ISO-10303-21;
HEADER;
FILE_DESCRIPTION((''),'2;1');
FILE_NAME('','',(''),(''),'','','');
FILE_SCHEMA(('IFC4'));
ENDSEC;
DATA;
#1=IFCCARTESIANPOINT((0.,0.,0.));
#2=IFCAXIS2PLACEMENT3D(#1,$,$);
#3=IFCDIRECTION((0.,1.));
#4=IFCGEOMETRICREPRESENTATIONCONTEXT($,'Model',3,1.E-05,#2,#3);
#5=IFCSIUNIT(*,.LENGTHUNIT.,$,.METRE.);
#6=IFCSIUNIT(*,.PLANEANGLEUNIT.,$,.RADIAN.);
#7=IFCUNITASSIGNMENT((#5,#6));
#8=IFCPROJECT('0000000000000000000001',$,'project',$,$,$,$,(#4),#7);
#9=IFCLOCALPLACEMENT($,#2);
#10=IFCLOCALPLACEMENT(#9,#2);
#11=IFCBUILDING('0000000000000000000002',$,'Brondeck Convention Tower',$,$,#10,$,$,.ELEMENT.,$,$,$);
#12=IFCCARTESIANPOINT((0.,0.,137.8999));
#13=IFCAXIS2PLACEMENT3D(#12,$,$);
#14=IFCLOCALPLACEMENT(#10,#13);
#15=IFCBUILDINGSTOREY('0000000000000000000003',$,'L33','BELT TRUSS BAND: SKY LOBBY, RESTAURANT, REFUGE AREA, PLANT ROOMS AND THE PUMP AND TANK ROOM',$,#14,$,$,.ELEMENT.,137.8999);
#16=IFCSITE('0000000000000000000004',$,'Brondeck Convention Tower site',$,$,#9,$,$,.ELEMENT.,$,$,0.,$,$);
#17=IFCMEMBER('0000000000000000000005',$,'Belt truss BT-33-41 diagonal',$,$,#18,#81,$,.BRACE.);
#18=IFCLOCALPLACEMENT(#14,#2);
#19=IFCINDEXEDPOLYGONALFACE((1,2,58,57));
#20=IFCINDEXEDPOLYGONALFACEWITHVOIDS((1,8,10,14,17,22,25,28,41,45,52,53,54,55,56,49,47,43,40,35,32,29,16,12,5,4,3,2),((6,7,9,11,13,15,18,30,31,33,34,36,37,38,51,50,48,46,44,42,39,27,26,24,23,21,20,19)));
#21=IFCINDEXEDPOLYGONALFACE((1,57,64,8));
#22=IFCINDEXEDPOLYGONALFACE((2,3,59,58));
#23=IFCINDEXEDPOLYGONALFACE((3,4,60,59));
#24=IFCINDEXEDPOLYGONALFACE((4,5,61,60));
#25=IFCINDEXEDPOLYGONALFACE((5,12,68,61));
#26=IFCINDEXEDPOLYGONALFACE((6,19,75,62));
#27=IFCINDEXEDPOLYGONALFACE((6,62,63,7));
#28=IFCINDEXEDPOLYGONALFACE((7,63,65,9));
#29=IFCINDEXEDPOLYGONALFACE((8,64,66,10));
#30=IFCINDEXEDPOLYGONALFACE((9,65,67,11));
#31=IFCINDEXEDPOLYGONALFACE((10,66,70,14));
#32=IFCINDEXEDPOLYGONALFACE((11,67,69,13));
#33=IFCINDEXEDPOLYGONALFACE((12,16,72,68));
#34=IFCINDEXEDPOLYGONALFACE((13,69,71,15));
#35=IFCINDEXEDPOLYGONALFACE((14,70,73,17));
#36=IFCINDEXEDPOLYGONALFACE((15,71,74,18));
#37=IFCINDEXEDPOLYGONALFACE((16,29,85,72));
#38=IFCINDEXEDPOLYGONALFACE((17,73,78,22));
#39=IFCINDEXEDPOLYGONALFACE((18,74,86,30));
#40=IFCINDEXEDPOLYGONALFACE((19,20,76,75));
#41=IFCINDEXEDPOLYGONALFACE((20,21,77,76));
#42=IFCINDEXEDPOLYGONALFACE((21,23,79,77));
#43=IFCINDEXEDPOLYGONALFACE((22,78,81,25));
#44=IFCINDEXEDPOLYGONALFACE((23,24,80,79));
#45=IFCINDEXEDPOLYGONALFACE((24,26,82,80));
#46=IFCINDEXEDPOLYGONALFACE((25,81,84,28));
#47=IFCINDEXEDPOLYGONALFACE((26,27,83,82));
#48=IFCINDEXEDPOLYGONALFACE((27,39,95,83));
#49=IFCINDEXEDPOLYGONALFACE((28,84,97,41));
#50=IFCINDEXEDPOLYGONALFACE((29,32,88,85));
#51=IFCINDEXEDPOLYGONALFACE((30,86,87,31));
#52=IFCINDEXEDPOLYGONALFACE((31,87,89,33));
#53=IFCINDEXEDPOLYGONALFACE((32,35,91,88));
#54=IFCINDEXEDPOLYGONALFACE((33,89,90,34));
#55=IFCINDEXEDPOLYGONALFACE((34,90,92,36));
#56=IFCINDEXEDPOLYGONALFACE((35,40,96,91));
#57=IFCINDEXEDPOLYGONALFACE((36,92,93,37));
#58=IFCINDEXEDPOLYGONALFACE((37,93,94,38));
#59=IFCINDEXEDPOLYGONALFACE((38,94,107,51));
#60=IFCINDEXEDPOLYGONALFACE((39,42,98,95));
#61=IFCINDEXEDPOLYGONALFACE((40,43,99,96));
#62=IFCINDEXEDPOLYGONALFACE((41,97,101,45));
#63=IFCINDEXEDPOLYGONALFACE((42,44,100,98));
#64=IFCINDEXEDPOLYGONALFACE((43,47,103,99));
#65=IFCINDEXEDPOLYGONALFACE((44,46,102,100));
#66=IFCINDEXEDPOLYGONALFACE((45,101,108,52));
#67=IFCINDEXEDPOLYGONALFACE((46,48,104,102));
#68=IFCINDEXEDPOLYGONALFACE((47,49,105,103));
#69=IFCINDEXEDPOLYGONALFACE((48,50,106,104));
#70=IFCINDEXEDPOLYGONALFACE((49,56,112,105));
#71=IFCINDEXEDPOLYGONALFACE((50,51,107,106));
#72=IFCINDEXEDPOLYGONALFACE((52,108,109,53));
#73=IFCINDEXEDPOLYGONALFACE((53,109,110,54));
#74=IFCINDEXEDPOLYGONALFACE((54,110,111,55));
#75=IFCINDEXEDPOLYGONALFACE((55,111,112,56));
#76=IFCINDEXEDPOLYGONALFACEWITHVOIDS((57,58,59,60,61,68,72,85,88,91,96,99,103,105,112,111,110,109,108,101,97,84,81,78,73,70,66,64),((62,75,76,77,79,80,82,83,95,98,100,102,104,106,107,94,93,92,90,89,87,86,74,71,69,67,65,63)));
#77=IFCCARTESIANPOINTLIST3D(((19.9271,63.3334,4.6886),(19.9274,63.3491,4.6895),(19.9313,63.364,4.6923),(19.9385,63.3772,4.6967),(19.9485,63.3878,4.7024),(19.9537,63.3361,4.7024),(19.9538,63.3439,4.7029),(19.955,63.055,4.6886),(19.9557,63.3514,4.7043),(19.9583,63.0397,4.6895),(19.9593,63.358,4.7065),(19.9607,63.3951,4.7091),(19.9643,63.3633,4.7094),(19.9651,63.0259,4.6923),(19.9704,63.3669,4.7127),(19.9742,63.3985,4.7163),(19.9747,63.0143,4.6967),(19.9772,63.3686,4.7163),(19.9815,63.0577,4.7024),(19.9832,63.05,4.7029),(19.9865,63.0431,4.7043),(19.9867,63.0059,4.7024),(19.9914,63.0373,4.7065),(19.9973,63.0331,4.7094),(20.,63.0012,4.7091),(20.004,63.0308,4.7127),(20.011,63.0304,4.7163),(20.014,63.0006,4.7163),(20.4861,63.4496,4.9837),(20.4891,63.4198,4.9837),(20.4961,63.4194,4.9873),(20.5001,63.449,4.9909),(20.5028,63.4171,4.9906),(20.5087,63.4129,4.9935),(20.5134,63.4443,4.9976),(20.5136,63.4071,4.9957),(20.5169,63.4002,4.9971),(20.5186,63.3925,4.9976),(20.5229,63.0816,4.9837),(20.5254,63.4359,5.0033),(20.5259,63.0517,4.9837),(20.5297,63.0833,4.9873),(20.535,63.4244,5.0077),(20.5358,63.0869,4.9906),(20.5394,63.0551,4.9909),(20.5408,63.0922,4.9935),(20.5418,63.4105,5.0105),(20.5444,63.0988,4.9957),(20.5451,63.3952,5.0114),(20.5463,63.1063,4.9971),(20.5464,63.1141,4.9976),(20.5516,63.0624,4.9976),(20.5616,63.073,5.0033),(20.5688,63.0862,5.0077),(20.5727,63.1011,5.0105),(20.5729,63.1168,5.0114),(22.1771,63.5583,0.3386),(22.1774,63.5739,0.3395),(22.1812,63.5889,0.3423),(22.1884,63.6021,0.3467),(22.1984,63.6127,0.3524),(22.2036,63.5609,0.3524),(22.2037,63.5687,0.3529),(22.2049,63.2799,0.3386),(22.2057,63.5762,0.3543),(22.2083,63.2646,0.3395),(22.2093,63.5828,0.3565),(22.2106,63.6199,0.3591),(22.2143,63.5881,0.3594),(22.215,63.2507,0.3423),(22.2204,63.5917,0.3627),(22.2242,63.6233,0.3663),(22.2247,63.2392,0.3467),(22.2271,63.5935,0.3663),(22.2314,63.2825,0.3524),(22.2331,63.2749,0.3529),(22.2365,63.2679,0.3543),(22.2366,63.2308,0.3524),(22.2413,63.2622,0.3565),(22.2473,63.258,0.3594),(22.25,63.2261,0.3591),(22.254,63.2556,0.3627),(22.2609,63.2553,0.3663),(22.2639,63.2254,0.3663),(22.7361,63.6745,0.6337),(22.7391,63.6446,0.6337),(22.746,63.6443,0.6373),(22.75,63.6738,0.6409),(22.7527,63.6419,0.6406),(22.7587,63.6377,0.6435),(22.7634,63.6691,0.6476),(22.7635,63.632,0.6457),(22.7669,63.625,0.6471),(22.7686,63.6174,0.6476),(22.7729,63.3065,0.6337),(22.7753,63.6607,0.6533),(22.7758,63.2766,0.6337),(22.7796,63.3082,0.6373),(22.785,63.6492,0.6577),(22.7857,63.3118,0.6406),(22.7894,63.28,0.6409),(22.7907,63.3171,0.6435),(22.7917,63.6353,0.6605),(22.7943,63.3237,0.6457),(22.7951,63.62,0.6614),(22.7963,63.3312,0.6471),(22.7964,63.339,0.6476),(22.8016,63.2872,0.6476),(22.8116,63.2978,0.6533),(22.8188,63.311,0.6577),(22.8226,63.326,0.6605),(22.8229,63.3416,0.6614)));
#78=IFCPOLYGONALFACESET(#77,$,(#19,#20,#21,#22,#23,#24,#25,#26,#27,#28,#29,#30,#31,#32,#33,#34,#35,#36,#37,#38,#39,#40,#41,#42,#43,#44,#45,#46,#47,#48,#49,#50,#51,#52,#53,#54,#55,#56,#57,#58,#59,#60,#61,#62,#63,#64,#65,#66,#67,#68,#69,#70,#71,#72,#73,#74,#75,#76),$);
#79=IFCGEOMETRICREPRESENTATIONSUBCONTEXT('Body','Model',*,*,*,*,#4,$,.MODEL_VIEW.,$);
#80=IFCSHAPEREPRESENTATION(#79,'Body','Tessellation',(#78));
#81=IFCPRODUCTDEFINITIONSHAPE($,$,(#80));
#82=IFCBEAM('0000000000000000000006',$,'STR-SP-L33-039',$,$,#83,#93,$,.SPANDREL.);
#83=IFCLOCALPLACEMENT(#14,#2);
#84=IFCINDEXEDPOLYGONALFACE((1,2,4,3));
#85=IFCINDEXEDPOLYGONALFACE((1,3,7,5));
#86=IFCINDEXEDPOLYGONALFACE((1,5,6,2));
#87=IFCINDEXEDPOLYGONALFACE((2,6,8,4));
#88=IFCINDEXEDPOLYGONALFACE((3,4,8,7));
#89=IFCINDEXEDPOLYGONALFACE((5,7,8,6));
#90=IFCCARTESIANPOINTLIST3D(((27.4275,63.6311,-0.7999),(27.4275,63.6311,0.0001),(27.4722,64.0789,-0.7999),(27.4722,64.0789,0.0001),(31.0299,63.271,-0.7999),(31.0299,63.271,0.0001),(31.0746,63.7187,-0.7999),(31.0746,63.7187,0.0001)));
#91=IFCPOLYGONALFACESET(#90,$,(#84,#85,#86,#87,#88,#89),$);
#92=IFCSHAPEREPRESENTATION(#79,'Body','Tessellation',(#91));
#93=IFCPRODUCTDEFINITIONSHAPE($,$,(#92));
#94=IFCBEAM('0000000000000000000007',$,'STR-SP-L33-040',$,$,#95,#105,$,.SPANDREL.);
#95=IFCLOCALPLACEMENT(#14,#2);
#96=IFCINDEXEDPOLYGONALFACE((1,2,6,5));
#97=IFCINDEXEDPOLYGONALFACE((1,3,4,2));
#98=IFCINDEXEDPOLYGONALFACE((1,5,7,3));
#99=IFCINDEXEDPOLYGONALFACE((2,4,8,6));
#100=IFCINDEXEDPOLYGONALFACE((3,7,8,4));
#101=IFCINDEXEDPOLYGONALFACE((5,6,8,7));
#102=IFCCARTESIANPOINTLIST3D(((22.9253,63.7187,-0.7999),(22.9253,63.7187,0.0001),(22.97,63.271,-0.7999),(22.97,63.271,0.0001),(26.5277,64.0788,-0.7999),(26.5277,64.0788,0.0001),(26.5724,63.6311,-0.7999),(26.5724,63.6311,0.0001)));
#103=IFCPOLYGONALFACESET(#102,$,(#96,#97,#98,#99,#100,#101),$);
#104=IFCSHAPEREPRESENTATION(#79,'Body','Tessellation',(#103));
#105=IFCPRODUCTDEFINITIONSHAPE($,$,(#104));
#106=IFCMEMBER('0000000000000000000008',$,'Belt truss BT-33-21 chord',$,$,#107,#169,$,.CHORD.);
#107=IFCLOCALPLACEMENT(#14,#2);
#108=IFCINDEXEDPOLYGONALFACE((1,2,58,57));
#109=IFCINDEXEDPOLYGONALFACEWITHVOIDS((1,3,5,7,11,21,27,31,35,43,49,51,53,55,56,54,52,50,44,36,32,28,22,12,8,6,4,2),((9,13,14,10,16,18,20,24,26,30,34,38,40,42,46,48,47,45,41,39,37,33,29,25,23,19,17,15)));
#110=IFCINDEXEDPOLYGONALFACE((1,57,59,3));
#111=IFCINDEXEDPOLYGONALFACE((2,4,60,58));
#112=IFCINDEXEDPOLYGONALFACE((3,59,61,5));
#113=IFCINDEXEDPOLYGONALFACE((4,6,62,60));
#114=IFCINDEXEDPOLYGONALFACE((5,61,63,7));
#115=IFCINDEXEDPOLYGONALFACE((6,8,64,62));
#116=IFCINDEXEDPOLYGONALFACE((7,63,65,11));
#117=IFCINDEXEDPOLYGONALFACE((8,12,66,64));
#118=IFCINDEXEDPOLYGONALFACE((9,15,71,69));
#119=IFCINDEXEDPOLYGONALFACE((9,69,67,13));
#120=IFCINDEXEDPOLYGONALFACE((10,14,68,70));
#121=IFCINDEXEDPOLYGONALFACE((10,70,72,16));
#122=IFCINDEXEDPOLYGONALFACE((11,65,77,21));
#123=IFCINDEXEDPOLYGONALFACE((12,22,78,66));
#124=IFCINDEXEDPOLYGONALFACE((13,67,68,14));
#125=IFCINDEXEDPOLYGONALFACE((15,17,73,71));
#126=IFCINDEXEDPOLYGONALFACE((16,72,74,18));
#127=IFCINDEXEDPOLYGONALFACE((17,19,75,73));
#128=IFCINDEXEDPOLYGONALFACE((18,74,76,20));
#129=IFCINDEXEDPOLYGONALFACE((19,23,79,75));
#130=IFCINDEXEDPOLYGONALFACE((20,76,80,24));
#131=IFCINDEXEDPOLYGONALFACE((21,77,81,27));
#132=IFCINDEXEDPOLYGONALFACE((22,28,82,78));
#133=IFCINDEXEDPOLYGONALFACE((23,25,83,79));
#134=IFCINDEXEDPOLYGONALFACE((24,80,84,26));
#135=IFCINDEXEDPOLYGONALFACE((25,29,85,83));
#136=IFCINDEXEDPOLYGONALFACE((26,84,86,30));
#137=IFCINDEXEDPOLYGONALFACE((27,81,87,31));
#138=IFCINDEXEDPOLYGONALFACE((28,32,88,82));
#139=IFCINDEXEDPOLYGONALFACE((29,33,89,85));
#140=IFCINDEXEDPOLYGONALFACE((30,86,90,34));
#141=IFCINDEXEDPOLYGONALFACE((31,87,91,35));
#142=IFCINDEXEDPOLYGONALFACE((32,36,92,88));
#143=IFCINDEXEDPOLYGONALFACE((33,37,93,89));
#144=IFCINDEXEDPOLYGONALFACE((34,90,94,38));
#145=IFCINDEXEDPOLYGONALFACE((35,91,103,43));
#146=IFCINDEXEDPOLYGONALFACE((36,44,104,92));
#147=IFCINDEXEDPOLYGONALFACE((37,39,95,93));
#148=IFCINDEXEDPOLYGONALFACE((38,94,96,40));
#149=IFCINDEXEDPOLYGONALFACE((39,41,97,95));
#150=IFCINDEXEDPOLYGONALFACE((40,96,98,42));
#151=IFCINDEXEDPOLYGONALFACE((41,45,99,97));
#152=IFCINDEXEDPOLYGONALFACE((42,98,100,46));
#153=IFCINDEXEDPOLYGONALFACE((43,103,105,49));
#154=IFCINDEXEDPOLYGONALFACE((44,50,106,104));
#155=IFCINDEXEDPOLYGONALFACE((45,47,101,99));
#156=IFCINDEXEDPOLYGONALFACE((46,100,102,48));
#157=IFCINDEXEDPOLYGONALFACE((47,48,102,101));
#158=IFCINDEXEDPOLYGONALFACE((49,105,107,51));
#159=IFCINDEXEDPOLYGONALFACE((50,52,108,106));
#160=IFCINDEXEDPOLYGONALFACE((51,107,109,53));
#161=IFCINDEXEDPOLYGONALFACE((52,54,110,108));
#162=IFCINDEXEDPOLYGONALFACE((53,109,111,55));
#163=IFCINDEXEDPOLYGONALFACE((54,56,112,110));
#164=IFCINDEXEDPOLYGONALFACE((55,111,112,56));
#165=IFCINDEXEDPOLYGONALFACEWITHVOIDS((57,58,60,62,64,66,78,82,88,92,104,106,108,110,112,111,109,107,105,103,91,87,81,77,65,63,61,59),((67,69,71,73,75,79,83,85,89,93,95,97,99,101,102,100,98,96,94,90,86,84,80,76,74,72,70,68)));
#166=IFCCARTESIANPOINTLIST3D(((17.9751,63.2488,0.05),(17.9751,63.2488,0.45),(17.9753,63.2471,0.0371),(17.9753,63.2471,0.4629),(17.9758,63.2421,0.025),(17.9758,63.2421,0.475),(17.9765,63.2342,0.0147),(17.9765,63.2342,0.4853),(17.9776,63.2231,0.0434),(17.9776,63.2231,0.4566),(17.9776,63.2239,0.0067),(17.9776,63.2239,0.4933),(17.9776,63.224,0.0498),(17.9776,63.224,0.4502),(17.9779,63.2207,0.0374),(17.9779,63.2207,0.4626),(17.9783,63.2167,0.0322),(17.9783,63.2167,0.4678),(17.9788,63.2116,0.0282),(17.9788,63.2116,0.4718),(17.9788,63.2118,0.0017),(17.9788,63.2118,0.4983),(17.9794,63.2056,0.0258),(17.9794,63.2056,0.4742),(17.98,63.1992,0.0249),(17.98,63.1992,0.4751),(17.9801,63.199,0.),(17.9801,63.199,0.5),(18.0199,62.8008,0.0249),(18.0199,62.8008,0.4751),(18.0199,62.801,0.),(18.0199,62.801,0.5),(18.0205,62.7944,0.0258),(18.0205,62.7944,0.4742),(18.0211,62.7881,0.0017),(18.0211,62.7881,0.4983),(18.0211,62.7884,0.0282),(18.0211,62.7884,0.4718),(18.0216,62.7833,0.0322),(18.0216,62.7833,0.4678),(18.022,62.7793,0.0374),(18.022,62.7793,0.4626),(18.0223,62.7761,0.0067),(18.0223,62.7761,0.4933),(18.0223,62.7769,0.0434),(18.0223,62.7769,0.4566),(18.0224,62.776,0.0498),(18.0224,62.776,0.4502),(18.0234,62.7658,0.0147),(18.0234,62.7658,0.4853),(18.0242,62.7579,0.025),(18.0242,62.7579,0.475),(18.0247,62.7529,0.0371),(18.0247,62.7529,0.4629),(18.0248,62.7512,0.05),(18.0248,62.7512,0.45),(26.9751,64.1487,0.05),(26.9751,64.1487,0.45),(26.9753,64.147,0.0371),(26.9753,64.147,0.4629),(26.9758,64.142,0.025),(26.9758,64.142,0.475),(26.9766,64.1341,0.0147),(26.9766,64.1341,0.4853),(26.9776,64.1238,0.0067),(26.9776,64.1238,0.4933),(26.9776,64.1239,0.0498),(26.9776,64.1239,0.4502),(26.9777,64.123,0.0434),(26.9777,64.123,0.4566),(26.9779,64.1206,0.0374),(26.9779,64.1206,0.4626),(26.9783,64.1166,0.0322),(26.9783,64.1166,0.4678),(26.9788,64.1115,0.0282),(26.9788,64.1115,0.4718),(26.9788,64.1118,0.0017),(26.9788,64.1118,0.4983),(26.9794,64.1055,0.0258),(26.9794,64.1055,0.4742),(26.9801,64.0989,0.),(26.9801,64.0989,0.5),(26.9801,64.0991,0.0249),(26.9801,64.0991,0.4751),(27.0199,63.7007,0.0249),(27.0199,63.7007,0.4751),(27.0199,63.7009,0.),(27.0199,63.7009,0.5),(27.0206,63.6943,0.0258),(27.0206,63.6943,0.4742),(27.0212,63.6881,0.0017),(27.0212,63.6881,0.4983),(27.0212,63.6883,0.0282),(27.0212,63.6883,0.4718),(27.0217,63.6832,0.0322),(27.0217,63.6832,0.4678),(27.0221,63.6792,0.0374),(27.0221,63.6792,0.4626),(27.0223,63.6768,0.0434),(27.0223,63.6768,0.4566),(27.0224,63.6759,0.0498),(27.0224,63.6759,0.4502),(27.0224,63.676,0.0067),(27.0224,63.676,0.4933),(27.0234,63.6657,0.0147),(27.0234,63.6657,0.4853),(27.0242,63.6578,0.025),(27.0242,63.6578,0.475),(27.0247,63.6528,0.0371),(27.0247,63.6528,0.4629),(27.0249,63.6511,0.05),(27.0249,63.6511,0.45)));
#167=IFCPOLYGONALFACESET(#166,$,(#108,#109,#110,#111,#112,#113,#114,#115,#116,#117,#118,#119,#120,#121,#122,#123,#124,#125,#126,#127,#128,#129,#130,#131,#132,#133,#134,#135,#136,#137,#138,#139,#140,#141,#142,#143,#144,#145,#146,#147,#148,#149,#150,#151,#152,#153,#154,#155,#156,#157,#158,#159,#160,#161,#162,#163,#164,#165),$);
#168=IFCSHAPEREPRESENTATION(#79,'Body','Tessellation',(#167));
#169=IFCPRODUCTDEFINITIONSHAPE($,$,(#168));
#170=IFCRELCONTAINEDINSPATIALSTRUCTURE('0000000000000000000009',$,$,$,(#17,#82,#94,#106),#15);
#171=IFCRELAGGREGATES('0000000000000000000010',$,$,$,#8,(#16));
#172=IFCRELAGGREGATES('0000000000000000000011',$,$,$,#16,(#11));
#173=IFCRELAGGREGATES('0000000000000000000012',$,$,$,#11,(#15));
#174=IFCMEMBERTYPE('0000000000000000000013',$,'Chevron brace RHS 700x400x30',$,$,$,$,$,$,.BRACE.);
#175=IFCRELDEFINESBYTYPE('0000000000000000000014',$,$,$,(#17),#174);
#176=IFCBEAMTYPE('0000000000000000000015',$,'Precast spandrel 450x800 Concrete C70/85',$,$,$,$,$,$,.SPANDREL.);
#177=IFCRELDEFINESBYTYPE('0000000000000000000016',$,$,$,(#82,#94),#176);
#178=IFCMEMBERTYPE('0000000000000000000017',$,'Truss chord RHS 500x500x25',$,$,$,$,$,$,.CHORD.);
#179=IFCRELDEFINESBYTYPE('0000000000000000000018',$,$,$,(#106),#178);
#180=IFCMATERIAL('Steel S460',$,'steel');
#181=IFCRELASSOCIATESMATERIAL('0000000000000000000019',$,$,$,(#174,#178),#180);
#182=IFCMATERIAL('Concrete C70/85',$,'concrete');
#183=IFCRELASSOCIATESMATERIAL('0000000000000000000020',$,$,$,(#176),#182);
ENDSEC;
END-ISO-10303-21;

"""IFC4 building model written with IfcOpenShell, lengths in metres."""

from ifc_helpers import new_model, si_unit, direction, frame, origin, origin_2d, place, context, subcontext, project, spatial, rectangle, hollow_rectangle, extrude, material, material_profile, profile_set, type_object, element, save


model = new_model("IFC4")

# Units and contexts
model_context = context("Model", 3, precision=1e-05, world=origin(), true_north=direction((0.0, 1.0)))
body_context = subcontext(model_context, "Body", "Model", "MODEL_VIEW")
ifc_project = project(units=[si_unit("LENGTHUNIT", "METRE"), si_unit("PLANEANGLEUNIT", "RADIAN")], contexts=[model_context])

# Site, building, storey
site_placement = place(None, origin())
site = spatial("IfcSite", under=ifc_project, at=site_placement, Name="Brondeck Convention Tower site", CompositionType="ELEMENT", RefElevation=0.0)
building_placement = place(site_placement, origin())
building = spatial("IfcBuilding", under=site, at=building_placement, Name="Brondeck Convention Tower", CompositionType="ELEMENT")
storey_placement = place(building_placement, frame((0.0, 0.0, 137.8999)))
storey = spatial("IfcBuildingStorey", under=building, at=storey_placement, Name="L33", Description="BELT TRUSS BAND: SKY LOBBY, RESTAURANT, REFUGE AREA, PLANT ROOMS AND THE PUMP AND TANK ROOM", CompositionType="ELEMENT", Elevation=137.8999)

# Shared definitions
ifc_material_1 = material(Name="Concrete C70/85", Category="concrete")

# Member
ifc_material_2 = material(Name="Steel S460", Category="steel")
ifc_material_profile_1 = material_profile(ifc_material_2, hollow_rectangle(XDim=0.3999, YDim=0.7, WallThickness=0.03, InnerFilletRadius=0.03, OuterFilletRadius=0.0601, at=origin_2d()), Name="RHS 700x400x30")
ifc_profile_set_1 = profile_set([ifc_material_profile_1], Name="Steel S460")
member_type_1 = type_object("IfcMemberType", Name="Chevron brace RHS 700x400x30", PredefinedType="BRACE", material=ifc_profile_set_1)
for number, where, z_axis, x_axis, name in (
    (1, (22.5, 63.45, 0.5), (-0.458931, -0.045863, 0.887287), (0.09944, -0.995044, 0.0), "Belt truss BT-33-41 diagonal"),
):
    element("IfcMember", number, at=place(storey_placement, frame(where, z_axis=z_axis, x_axis=x_axis)), inside=storey, type_object=member_type_1, Name=name, PredefinedType="BRACE", context=body_context, shape_type="SweptSolid", body=[
        extrude(hollow_rectangle(XDim=0.3999, YDim=0.7, WallThickness=0.03, InnerFilletRadius=0.03, OuterFilletRadius=0.0601, at=origin_2d()), origin(), (0.0, 0.0, 1.0), 4.9026),
    ])

# Beams
ifc_material_profile_2 = material_profile(ifc_material_1, rectangle(XDim=0.45, YDim=0.8, at=origin_2d()), Name="Precast spandrel 450x800 Concrete C70/85")
ifc_profile_set_2 = profile_set([ifc_material_profile_2], Name="Concrete C70/85")
beam_type = type_object("IfcBeamType", Name="Precast spandrel 450x800 Concrete C70/85", PredefinedType="SPANDREL", material=ifc_profile_set_2)
for number, where, z_axis, x_axis, name in (
    (2, (31.0522, 63.4949, -0.3999), (-0.995041, 0.09947, 0.0), (-0.09947, -0.995041, 0.0), "STR-SP-L33-039"),
    (3, (26.55, 63.855, -0.3999), (-0.995041, -0.09947, 0.0), (0.09947, -0.995041, 0.0), "STR-SP-L33-040"),
):
    element("IfcBeam", number, at=place(storey_placement, frame(where, z_axis=z_axis, x_axis=x_axis)), inside=storey, type_object=beam_type, Name=name, PredefinedType="SPANDREL", context=body_context, shape_type="SweptSolid", body=[
        extrude(rectangle(XDim=0.45, YDim=0.8, at=origin_2d()), origin(), (0.0, 0.0, 1.0), 3.6204),
    ])

# Member
ifc_material_profile_3 = material_profile(ifc_material_2, hollow_rectangle(XDim=0.5, YDim=0.5, WallThickness=0.0249, InnerFilletRadius=0.0249, OuterFilletRadius=0.05, at=origin_2d()), Name="RHS 500x500x25")
ifc_profile_set_3 = profile_set([ifc_material_profile_3], Name="Steel S460")
member_type_2 = type_object("IfcMemberType", Name="Truss chord RHS 500x500x25", PredefinedType="CHORD", material=ifc_profile_set_3)
member_1_placement = place(storey_placement, frame((27.0, 63.8999, 0.25), z_axis=(-0.995038, -0.099493, 0.0), x_axis=(0.099493, -0.995038, 0.0)))
element("IfcMember", 4, at=member_1_placement, inside=storey, type_object=member_type_2, Name="Belt truss BT-33-21 chord", PredefinedType="CHORD", context=body_context, shape_type="SweptSolid", body=[
    extrude(hollow_rectangle(XDim=0.5, YDim=0.5, WallThickness=0.0249, InnerFilletRadius=0.0249, OuterFilletRadius=0.05, at=origin_2d()), origin(), (0.0, 0.0, 1.0), 9.0449),
])

save(model, "model.ifc")
